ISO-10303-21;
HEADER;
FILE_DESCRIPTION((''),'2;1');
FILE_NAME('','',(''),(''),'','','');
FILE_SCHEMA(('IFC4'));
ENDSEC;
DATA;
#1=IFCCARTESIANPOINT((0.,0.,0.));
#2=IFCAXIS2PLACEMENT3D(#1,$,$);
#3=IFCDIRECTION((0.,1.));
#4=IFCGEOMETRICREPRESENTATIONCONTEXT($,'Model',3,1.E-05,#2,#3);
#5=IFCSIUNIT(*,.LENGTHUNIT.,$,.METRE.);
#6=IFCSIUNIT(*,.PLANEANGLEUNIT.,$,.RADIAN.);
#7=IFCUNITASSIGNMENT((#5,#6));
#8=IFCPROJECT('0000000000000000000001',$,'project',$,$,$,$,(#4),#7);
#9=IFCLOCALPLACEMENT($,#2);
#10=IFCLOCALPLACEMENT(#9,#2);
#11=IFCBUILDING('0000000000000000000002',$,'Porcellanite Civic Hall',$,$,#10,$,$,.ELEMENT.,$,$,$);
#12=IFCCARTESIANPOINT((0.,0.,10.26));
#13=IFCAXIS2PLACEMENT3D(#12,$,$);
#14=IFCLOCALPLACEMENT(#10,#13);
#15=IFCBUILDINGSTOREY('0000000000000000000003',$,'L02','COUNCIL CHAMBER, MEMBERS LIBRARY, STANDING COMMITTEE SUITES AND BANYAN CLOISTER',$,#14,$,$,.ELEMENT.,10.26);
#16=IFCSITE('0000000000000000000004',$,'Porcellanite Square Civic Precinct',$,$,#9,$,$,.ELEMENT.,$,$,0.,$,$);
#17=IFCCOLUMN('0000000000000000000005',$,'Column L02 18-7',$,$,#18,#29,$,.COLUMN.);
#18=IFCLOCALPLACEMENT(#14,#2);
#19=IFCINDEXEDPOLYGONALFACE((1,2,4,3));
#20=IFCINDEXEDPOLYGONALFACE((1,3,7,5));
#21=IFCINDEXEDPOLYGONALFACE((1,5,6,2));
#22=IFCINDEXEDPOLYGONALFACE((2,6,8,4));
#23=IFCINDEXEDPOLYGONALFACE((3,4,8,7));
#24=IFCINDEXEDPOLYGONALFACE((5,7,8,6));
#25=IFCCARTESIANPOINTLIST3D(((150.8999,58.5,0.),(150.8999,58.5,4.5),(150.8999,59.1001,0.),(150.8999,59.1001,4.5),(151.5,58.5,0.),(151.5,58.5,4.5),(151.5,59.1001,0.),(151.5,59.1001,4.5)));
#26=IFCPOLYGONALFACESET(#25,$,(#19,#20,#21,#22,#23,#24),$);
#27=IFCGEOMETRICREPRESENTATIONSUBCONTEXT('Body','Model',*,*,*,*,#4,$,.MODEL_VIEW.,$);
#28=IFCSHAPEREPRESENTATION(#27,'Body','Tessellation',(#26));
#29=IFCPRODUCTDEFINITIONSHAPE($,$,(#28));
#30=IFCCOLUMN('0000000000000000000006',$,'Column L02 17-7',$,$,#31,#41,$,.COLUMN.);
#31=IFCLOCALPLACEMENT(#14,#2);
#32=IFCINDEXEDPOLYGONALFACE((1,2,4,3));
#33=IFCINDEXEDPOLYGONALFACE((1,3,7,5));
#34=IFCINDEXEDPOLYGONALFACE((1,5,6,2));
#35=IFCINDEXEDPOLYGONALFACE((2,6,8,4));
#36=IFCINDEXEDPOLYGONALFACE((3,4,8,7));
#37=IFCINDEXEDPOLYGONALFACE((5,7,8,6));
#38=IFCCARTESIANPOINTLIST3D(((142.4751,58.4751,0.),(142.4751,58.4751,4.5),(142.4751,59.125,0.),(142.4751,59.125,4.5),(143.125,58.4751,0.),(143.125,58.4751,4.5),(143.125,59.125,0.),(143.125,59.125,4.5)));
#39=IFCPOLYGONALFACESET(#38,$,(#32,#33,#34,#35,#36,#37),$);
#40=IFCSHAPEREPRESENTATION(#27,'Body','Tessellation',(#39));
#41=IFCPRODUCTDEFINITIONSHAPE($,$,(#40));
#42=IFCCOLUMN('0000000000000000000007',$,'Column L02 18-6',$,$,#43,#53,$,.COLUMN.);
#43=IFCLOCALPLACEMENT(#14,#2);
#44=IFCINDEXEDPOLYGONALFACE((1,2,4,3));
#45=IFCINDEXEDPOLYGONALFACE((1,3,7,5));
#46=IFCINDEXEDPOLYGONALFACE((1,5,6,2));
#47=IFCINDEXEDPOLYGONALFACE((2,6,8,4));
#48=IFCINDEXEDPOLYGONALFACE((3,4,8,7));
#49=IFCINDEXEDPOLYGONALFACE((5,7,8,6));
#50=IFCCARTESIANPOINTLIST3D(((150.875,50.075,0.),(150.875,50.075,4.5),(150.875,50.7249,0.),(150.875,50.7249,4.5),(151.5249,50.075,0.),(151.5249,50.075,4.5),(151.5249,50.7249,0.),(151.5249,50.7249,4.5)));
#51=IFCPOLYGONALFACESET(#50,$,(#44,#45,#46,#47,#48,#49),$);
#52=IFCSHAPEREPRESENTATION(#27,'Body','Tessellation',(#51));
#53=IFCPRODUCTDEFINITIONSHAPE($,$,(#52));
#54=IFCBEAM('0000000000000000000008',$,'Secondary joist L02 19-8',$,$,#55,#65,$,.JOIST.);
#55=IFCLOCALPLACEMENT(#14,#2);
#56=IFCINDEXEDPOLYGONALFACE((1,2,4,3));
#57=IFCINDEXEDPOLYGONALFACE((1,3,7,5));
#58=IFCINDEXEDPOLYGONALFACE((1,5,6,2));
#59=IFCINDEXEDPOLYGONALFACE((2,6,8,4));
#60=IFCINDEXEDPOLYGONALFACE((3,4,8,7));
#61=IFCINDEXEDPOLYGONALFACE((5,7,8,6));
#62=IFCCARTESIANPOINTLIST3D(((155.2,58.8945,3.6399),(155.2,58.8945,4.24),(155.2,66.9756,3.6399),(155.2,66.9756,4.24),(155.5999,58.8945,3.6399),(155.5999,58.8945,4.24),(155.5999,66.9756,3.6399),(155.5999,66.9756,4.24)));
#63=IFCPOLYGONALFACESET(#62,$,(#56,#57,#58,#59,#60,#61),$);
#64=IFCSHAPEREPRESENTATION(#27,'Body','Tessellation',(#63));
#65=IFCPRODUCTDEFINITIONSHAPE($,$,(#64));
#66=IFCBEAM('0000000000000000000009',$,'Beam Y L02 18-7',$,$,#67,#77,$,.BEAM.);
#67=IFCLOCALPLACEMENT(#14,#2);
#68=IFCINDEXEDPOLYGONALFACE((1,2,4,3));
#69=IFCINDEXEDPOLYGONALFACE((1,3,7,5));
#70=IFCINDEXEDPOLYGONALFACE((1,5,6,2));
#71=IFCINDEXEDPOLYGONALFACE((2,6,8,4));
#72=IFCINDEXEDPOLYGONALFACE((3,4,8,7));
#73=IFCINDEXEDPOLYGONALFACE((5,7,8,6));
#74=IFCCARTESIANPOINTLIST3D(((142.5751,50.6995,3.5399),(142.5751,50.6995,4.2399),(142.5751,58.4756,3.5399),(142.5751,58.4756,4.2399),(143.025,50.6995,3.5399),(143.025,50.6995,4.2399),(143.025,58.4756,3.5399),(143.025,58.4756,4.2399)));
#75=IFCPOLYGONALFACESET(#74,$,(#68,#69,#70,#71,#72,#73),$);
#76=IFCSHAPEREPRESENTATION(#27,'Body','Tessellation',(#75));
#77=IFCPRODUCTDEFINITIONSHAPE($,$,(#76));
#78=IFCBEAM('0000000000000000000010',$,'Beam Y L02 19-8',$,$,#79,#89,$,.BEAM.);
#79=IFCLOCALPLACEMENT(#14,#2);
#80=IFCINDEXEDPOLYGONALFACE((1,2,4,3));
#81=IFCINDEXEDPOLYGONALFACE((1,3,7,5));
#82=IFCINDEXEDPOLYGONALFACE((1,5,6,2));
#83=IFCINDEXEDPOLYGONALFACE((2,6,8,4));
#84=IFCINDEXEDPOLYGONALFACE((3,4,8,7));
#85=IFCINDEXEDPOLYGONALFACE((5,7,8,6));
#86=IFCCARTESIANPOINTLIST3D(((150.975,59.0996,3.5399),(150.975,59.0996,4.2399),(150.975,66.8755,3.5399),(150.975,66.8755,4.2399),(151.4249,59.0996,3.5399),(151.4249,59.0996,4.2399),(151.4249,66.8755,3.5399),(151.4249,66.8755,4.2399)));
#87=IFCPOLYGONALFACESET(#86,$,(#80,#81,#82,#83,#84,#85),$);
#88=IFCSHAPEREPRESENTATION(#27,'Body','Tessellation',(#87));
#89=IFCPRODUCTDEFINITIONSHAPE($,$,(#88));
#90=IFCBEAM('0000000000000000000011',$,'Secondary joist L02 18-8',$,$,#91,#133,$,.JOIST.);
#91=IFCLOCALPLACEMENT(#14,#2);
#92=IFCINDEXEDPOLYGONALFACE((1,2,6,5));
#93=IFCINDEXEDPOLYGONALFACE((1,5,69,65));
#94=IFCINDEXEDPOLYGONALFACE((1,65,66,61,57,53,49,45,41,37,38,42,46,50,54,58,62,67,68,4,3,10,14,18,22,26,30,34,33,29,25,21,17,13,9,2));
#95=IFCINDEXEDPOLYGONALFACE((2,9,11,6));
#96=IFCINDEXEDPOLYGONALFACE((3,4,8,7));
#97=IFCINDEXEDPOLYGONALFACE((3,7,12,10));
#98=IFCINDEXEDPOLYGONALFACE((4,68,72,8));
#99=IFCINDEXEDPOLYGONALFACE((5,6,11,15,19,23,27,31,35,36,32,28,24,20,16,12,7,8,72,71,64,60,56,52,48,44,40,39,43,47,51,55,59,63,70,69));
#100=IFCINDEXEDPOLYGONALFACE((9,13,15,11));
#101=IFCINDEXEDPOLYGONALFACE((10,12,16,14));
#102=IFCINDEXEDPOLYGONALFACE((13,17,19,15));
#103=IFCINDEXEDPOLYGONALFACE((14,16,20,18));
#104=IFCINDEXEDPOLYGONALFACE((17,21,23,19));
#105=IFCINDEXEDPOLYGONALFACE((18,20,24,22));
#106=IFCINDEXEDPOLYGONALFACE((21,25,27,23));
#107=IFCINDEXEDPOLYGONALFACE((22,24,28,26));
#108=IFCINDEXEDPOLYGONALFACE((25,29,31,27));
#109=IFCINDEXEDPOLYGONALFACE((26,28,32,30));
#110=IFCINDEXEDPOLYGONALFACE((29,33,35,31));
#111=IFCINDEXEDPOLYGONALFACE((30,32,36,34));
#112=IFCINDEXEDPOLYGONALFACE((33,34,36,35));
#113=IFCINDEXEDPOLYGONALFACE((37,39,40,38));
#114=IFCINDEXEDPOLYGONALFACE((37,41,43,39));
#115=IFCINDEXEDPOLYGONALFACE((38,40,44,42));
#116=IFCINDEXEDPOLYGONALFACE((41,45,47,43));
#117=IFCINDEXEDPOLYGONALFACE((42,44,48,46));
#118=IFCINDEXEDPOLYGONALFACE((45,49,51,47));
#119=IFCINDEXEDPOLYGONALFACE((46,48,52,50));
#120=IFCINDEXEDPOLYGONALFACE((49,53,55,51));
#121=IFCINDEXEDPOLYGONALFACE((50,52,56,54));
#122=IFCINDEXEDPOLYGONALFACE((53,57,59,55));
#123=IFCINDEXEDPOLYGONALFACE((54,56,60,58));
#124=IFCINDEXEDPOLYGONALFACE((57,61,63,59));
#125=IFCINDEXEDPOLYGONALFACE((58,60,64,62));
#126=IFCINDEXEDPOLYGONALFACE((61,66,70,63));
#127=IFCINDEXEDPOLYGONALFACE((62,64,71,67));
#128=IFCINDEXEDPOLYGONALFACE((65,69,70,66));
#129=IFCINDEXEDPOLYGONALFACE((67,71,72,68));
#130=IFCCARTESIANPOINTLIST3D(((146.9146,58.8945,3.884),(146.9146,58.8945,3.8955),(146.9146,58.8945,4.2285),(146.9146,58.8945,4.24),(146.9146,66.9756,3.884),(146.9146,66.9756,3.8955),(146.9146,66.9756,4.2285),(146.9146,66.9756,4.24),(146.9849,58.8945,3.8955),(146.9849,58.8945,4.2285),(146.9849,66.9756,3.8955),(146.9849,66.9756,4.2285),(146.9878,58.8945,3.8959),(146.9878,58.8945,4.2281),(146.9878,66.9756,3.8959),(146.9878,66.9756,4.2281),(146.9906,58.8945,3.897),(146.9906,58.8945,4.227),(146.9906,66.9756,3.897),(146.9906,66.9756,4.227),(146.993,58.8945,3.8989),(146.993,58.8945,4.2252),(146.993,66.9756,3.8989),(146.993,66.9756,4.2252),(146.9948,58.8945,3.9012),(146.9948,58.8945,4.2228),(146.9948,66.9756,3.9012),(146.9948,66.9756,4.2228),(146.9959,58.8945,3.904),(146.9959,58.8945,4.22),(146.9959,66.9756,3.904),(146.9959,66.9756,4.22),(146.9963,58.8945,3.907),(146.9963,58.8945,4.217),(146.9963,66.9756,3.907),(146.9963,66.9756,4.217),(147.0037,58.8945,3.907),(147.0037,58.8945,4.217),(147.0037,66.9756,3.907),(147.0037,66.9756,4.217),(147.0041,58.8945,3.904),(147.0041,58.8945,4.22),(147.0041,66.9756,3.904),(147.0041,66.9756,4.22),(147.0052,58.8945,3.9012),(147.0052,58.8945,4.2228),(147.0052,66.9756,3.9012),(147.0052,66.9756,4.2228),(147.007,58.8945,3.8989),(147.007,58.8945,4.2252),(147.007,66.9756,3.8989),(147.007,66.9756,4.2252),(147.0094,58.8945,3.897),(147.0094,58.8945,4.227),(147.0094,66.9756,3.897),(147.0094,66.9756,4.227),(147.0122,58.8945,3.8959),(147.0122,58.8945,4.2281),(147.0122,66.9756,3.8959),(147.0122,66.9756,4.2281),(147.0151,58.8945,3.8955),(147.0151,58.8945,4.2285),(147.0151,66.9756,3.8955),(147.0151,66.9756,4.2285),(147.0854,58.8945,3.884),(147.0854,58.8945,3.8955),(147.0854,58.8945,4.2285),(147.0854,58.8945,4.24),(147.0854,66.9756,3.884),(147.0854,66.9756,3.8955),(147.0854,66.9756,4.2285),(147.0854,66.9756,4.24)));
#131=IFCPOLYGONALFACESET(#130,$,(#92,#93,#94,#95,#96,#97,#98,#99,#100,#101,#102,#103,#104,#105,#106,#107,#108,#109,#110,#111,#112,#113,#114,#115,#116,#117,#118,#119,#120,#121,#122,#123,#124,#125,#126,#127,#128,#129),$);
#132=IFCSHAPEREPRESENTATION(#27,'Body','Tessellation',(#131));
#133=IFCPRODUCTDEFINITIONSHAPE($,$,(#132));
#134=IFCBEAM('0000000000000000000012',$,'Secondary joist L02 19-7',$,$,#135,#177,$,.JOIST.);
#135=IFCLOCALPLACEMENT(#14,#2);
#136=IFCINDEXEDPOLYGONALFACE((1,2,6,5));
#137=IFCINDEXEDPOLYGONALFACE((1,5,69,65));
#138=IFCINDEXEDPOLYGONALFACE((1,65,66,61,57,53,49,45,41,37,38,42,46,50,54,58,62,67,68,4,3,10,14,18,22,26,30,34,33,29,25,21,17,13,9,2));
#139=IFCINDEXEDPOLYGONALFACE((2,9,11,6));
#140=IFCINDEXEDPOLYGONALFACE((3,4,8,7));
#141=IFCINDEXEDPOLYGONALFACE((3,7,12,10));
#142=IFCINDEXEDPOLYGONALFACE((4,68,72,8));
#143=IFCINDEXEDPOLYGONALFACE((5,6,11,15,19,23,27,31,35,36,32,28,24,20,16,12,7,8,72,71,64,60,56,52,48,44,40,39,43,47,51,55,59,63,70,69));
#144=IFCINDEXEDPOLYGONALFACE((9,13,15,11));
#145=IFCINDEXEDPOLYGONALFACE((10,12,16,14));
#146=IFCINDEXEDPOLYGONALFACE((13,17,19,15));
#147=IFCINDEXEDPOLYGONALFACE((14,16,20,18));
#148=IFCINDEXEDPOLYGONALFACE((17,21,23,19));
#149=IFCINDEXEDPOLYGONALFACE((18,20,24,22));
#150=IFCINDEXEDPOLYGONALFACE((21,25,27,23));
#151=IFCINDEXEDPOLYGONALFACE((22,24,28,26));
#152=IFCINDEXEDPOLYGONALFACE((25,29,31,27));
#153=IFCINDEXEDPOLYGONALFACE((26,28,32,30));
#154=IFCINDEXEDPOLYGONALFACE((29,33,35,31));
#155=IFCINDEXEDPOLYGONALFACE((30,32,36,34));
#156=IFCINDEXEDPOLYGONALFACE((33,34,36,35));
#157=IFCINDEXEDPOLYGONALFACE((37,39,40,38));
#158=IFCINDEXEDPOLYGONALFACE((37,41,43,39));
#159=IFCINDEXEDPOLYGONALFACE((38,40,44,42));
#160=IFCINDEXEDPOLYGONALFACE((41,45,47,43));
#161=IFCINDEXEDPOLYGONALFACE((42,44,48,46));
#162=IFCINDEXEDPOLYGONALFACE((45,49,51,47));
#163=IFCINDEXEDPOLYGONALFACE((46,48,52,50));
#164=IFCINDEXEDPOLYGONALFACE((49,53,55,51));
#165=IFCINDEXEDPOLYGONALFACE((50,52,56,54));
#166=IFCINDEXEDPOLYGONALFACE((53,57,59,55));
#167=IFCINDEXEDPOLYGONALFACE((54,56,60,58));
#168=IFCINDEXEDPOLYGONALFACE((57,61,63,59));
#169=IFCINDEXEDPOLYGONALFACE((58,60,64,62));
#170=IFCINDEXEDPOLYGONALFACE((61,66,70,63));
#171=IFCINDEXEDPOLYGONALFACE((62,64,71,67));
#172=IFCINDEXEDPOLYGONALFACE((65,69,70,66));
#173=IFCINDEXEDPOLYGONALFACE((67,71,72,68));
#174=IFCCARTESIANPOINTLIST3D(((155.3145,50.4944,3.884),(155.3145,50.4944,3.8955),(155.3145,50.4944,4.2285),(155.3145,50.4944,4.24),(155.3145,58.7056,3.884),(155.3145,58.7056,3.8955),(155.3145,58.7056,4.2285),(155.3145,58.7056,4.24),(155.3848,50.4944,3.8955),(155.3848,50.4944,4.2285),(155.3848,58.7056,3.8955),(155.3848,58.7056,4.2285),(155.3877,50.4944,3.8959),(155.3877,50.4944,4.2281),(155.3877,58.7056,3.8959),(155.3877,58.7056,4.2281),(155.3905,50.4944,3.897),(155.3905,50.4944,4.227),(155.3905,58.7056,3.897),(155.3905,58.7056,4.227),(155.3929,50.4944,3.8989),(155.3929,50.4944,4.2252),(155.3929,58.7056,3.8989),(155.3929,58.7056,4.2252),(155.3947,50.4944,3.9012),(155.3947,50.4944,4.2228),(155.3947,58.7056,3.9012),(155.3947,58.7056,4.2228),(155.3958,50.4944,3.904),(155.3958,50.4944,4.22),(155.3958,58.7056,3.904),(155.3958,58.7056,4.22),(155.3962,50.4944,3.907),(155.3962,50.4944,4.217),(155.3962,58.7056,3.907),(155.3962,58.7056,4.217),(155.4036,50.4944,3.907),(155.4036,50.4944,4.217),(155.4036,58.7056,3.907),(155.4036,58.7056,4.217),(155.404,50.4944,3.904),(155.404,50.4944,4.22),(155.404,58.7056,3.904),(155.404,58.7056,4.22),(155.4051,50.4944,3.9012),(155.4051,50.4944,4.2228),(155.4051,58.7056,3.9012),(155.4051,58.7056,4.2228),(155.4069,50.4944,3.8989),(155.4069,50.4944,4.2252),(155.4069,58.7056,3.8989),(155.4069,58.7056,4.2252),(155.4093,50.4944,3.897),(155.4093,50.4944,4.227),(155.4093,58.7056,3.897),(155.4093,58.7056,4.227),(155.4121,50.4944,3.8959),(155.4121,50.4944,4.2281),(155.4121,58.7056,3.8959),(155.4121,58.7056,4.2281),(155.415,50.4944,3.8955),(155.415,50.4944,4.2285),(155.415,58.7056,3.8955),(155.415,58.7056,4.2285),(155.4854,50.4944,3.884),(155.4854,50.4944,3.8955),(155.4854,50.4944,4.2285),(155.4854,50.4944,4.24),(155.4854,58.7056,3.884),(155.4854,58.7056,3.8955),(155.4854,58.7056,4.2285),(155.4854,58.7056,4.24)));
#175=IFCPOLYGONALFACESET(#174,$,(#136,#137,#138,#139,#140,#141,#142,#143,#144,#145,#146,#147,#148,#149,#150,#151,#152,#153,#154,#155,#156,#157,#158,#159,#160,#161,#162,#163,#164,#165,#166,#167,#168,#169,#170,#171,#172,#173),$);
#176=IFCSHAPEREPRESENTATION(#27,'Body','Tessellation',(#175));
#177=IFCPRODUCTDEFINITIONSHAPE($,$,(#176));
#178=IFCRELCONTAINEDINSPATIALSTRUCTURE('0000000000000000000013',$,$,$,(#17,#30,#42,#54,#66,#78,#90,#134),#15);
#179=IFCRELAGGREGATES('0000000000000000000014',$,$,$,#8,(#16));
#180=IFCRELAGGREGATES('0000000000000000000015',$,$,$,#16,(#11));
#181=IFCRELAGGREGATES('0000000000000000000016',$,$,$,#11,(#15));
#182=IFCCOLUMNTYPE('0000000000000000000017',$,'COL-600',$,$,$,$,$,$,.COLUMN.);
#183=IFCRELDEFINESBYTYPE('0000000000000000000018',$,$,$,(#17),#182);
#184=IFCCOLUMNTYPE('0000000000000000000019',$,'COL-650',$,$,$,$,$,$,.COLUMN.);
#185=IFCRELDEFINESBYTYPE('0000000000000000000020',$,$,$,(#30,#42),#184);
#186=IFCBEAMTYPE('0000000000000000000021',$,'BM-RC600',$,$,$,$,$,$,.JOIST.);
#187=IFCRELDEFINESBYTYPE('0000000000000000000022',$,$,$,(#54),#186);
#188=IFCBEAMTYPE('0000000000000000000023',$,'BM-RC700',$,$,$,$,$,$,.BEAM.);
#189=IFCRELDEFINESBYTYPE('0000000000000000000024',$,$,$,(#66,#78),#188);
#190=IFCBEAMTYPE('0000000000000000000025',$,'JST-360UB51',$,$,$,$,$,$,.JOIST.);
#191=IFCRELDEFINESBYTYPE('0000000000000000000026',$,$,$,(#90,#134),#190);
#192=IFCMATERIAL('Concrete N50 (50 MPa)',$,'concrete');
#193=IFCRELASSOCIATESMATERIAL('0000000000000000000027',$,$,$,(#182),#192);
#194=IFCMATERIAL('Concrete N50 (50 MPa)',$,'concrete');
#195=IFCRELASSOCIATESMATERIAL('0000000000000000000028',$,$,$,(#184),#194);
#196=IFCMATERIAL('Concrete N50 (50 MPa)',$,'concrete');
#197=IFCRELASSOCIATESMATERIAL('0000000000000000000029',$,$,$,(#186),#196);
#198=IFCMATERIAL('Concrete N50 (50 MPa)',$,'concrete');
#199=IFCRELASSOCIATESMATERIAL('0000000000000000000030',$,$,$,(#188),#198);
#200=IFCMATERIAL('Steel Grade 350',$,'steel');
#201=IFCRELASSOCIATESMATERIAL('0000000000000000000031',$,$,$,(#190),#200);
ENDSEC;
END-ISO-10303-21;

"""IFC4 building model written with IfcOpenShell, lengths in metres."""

from ifc_helpers import new_model, si_unit, direction, frame, origin, origin_2d, place, context, subcontext, project, spatial, rectangle, i_section, extrude, material, material_profile, profile_set, type_object, element, save


model = new_model("IFC4")

# Units and contexts
model_context = context("Model", 3, precision=1e-05, world=origin(), true_north=direction((0.0, 1.0)))
body_context = subcontext(model_context, "Body", "Model", "MODEL_VIEW")
ifc_project = project(units=[si_unit("LENGTHUNIT", "METRE"), si_unit("PLANEANGLEUNIT", "RADIAN")], contexts=[model_context])

# Site, building, storey
site_placement = place(None, origin())
site = spatial("IfcSite", under=ifc_project, at=site_placement, Name="Porcellanite Square Civic Precinct", CompositionType="ELEMENT", RefElevation=0.0)
building_placement = place(site_placement, origin())
building = spatial("IfcBuilding", under=site, at=building_placement, Name="Porcellanite Civic Hall", CompositionType="ELEMENT")
storey_placement = place(building_placement, frame((0.0, 0.0, 10.26)))
storey = spatial("IfcBuildingStorey", under=building, at=storey_placement, Name="L02", Description="COUNCIL CHAMBER, MEMBERS LIBRARY, STANDING COMMITTEE SUITES AND BANYAN CLOISTER", CompositionType="ELEMENT", Elevation=10.26)

# Columns
ifc_material_1 = material(Name="Concrete N50 (50 MPa)", Category="concrete")
ifc_material_profile_1 = material_profile(ifc_material_1, rectangle(XDim=0.6001, YDim=0.6001, at=origin_2d()), Name="RC-600x600")
ifc_profile_set_1 = profile_set([ifc_material_profile_1], Name="Concrete N50 (50 MPa)")
column_type_1 = type_object("IfcColumnType", Name="COL-600", PredefinedType="COLUMN", material=ifc_profile_set_1)
column_placement = place(storey_placement, frame((151.2, 58.8, 0.0), z_axis=(0.0, 0.0, 1.0), x_axis=(1.0, 0.0, 0.0)))
element("IfcColumn", 1, at=column_placement, inside=storey, type_object=column_type_1, Name="Column L02 18-7", PredefinedType="COLUMN", context=body_context, shape_type="SweptSolid", body=[
    extrude(rectangle(XDim=0.6001, YDim=0.6001, at=origin_2d()), origin(), (0.0, 0.0, 1.0), 4.5),
])
ifc_material_2 = material(Name="Concrete N50 (50 MPa)", Category="concrete")
ifc_material_profile_2 = material_profile(ifc_material_2, rectangle(XDim=0.6499, YDim=0.6499, at=origin_2d()), Name="RC-650x650")
ifc_profile_set_2 = profile_set([ifc_material_profile_2], Name="Concrete N50 (50 MPa)")
column_type_2 = type_object("IfcColumnType", Name="COL-650", PredefinedType="COLUMN", material=ifc_profile_set_2)
for number, where, z_axis, x_axis, name in (
    (2, (142.8, 58.8, 0.0), (0.0, 0.0, 1.0), (1.0, 0.0, 0.0), "Column L02 17-7"),
    (3, (151.2, 50.3999, 0.0), (0.0, 0.0, 1.0), (1.0, 0.0, 0.0), "Column L02 18-6"),
):
    element("IfcColumn", number, at=place(storey_placement, frame(where, z_axis=z_axis, x_axis=x_axis)), inside=storey, type_object=column_type_2, Name=name, PredefinedType="COLUMN", context=body_context, shape_type="SweptSolid", body=[
        extrude(rectangle(XDim=0.6499, YDim=0.6499, at=origin_2d()), origin(), (0.0, 0.0, 1.0), 4.5),
    ])

# Beams
ifc_material_3 = material(Name="Concrete N50 (50 MPa)", Category="concrete")
ifc_material_profile_3 = material_profile(ifc_material_3, rectangle(XDim=0.3999, YDim=0.6001, at=origin_2d()), Name="RC-400x600")
ifc_profile_set_3 = profile_set([ifc_material_profile_3], Name="Concrete N50 (50 MPa)")
beam_type_1 = type_object("IfcBeamType", Name="BM-RC600", PredefinedType="JOIST", material=ifc_profile_set_3)
beam_1_placement = place(storey_placement, frame((155.3999, 58.8945, 3.9399), z_axis=(0.0, 1.0, 0.0), x_axis=(-1.0, 0.0, 0.0)))
element("IfcBeam", 4, at=beam_1_placement, inside=storey, type_object=beam_type_1, Name="Secondary joist L02 19-8", PredefinedType="JOIST", context=body_context, shape_type="SweptSolid", body=[
    extrude(rectangle(XDim=0.3999, YDim=0.6001, at=origin_2d()), origin(), (0.0, 0.0, 1.0), 8.0811),
])
ifc_material_4 = material(Name="Concrete N50 (50 MPa)", Category="concrete")
ifc_material_profile_4 = material_profile(ifc_material_4, rectangle(XDim=0.45, YDim=0.7, at=origin_2d()), Name="RC-450x700")
ifc_profile_set_4 = profile_set([ifc_material_profile_4], Name="Concrete N50 (50 MPa)")
beam_type_2 = type_object("IfcBeamType", Name="BM-RC700", PredefinedType="BEAM", material=ifc_profile_set_4)
beam_2_placement = place(storey_placement, frame((142.8, 50.6995, 3.8899), z_axis=(0.0, 1.0, 0.0), x_axis=(-1.0, 0.0, 0.0)))
element("IfcBeam", 5, at=beam_2_placement, inside=storey, type_object=beam_type_2, Name="Beam Y L02 18-7", PredefinedType="BEAM", context=body_context, shape_type="SweptSolid", body=[
    extrude(rectangle(XDim=0.45, YDim=0.7, at=origin_2d()), origin(), (0.0, 0.0, 1.0), 7.7761),
])
beam_3_placement = place(storey_placement, frame((151.2, 59.0996, 3.8899), z_axis=(0.0, 1.0, 0.0), x_axis=(-1.0, 0.0, 0.0)))
element("IfcBeam", 6, at=beam_3_placement, inside=storey, type_object=beam_type_2, Name="Beam Y L02 19-8", PredefinedType="BEAM", context=body_context, shape_type="SweptSolid", body=[
    extrude(rectangle(XDim=0.45, YDim=0.7, at=origin_2d()), origin(), (0.0, 0.0, 1.0), 7.7759),
])
ifc_material_5 = material(Name="Steel Grade 350", Category="steel")
ifc_material_profile_5 = material_profile(ifc_material_5, i_section(OverallWidth=0.1709, OverallDepth=0.356, WebThickness=0.0073, FlangeThickness=0.0115, FilletRadius=0.0115, at=origin_2d()), Name="360UB50.7")
ifc_profile_set_5 = profile_set([ifc_material_profile_5], Name="Steel Grade 350")
beam_type_3 = type_object("IfcBeamType", Name="JST-360UB51", PredefinedType="JOIST", material=ifc_profile_set_5)
beam_4_placement = place(storey_placement, frame((147.0, 58.8945, 4.062), z_axis=(0.0, 1.0, 0.0), x_axis=(-1.0, 0.0, 0.0)))
element("IfcBeam", 7, at=beam_4_placement, inside=storey, type_object=beam_type_3, Name="Secondary joist L02 18-8", PredefinedType="JOIST", context=body_context, shape_type="SweptSolid", body=[
    extrude(i_section(OverallWidth=0.1709, OverallDepth=0.356, WebThickness=0.0073, FlangeThickness=0.0115, FilletRadius=0.0115, at=origin_2d()), origin(), (0.0, 0.0, 1.0), 8.0811),
])
beam_5_placement = place(storey_placement, frame((155.3999, 50.4944, 4.062), z_axis=(0.0, 1.0, 0.0), x_axis=(-1.0, 0.0, 0.0)))
element("IfcBeam", 8, at=beam_5_placement, inside=storey, type_object=beam_type_3, Name="Secondary joist L02 19-7", PredefinedType="JOIST", context=body_context, shape_type="SweptSolid", body=[
    extrude(i_section(OverallWidth=0.1709, OverallDepth=0.356, WebThickness=0.0073, FlangeThickness=0.0115, FilletRadius=0.0115, at=origin_2d()), origin(), (0.0, 0.0, 1.0), 8.2112),
])

save(model, "model.ifc")
